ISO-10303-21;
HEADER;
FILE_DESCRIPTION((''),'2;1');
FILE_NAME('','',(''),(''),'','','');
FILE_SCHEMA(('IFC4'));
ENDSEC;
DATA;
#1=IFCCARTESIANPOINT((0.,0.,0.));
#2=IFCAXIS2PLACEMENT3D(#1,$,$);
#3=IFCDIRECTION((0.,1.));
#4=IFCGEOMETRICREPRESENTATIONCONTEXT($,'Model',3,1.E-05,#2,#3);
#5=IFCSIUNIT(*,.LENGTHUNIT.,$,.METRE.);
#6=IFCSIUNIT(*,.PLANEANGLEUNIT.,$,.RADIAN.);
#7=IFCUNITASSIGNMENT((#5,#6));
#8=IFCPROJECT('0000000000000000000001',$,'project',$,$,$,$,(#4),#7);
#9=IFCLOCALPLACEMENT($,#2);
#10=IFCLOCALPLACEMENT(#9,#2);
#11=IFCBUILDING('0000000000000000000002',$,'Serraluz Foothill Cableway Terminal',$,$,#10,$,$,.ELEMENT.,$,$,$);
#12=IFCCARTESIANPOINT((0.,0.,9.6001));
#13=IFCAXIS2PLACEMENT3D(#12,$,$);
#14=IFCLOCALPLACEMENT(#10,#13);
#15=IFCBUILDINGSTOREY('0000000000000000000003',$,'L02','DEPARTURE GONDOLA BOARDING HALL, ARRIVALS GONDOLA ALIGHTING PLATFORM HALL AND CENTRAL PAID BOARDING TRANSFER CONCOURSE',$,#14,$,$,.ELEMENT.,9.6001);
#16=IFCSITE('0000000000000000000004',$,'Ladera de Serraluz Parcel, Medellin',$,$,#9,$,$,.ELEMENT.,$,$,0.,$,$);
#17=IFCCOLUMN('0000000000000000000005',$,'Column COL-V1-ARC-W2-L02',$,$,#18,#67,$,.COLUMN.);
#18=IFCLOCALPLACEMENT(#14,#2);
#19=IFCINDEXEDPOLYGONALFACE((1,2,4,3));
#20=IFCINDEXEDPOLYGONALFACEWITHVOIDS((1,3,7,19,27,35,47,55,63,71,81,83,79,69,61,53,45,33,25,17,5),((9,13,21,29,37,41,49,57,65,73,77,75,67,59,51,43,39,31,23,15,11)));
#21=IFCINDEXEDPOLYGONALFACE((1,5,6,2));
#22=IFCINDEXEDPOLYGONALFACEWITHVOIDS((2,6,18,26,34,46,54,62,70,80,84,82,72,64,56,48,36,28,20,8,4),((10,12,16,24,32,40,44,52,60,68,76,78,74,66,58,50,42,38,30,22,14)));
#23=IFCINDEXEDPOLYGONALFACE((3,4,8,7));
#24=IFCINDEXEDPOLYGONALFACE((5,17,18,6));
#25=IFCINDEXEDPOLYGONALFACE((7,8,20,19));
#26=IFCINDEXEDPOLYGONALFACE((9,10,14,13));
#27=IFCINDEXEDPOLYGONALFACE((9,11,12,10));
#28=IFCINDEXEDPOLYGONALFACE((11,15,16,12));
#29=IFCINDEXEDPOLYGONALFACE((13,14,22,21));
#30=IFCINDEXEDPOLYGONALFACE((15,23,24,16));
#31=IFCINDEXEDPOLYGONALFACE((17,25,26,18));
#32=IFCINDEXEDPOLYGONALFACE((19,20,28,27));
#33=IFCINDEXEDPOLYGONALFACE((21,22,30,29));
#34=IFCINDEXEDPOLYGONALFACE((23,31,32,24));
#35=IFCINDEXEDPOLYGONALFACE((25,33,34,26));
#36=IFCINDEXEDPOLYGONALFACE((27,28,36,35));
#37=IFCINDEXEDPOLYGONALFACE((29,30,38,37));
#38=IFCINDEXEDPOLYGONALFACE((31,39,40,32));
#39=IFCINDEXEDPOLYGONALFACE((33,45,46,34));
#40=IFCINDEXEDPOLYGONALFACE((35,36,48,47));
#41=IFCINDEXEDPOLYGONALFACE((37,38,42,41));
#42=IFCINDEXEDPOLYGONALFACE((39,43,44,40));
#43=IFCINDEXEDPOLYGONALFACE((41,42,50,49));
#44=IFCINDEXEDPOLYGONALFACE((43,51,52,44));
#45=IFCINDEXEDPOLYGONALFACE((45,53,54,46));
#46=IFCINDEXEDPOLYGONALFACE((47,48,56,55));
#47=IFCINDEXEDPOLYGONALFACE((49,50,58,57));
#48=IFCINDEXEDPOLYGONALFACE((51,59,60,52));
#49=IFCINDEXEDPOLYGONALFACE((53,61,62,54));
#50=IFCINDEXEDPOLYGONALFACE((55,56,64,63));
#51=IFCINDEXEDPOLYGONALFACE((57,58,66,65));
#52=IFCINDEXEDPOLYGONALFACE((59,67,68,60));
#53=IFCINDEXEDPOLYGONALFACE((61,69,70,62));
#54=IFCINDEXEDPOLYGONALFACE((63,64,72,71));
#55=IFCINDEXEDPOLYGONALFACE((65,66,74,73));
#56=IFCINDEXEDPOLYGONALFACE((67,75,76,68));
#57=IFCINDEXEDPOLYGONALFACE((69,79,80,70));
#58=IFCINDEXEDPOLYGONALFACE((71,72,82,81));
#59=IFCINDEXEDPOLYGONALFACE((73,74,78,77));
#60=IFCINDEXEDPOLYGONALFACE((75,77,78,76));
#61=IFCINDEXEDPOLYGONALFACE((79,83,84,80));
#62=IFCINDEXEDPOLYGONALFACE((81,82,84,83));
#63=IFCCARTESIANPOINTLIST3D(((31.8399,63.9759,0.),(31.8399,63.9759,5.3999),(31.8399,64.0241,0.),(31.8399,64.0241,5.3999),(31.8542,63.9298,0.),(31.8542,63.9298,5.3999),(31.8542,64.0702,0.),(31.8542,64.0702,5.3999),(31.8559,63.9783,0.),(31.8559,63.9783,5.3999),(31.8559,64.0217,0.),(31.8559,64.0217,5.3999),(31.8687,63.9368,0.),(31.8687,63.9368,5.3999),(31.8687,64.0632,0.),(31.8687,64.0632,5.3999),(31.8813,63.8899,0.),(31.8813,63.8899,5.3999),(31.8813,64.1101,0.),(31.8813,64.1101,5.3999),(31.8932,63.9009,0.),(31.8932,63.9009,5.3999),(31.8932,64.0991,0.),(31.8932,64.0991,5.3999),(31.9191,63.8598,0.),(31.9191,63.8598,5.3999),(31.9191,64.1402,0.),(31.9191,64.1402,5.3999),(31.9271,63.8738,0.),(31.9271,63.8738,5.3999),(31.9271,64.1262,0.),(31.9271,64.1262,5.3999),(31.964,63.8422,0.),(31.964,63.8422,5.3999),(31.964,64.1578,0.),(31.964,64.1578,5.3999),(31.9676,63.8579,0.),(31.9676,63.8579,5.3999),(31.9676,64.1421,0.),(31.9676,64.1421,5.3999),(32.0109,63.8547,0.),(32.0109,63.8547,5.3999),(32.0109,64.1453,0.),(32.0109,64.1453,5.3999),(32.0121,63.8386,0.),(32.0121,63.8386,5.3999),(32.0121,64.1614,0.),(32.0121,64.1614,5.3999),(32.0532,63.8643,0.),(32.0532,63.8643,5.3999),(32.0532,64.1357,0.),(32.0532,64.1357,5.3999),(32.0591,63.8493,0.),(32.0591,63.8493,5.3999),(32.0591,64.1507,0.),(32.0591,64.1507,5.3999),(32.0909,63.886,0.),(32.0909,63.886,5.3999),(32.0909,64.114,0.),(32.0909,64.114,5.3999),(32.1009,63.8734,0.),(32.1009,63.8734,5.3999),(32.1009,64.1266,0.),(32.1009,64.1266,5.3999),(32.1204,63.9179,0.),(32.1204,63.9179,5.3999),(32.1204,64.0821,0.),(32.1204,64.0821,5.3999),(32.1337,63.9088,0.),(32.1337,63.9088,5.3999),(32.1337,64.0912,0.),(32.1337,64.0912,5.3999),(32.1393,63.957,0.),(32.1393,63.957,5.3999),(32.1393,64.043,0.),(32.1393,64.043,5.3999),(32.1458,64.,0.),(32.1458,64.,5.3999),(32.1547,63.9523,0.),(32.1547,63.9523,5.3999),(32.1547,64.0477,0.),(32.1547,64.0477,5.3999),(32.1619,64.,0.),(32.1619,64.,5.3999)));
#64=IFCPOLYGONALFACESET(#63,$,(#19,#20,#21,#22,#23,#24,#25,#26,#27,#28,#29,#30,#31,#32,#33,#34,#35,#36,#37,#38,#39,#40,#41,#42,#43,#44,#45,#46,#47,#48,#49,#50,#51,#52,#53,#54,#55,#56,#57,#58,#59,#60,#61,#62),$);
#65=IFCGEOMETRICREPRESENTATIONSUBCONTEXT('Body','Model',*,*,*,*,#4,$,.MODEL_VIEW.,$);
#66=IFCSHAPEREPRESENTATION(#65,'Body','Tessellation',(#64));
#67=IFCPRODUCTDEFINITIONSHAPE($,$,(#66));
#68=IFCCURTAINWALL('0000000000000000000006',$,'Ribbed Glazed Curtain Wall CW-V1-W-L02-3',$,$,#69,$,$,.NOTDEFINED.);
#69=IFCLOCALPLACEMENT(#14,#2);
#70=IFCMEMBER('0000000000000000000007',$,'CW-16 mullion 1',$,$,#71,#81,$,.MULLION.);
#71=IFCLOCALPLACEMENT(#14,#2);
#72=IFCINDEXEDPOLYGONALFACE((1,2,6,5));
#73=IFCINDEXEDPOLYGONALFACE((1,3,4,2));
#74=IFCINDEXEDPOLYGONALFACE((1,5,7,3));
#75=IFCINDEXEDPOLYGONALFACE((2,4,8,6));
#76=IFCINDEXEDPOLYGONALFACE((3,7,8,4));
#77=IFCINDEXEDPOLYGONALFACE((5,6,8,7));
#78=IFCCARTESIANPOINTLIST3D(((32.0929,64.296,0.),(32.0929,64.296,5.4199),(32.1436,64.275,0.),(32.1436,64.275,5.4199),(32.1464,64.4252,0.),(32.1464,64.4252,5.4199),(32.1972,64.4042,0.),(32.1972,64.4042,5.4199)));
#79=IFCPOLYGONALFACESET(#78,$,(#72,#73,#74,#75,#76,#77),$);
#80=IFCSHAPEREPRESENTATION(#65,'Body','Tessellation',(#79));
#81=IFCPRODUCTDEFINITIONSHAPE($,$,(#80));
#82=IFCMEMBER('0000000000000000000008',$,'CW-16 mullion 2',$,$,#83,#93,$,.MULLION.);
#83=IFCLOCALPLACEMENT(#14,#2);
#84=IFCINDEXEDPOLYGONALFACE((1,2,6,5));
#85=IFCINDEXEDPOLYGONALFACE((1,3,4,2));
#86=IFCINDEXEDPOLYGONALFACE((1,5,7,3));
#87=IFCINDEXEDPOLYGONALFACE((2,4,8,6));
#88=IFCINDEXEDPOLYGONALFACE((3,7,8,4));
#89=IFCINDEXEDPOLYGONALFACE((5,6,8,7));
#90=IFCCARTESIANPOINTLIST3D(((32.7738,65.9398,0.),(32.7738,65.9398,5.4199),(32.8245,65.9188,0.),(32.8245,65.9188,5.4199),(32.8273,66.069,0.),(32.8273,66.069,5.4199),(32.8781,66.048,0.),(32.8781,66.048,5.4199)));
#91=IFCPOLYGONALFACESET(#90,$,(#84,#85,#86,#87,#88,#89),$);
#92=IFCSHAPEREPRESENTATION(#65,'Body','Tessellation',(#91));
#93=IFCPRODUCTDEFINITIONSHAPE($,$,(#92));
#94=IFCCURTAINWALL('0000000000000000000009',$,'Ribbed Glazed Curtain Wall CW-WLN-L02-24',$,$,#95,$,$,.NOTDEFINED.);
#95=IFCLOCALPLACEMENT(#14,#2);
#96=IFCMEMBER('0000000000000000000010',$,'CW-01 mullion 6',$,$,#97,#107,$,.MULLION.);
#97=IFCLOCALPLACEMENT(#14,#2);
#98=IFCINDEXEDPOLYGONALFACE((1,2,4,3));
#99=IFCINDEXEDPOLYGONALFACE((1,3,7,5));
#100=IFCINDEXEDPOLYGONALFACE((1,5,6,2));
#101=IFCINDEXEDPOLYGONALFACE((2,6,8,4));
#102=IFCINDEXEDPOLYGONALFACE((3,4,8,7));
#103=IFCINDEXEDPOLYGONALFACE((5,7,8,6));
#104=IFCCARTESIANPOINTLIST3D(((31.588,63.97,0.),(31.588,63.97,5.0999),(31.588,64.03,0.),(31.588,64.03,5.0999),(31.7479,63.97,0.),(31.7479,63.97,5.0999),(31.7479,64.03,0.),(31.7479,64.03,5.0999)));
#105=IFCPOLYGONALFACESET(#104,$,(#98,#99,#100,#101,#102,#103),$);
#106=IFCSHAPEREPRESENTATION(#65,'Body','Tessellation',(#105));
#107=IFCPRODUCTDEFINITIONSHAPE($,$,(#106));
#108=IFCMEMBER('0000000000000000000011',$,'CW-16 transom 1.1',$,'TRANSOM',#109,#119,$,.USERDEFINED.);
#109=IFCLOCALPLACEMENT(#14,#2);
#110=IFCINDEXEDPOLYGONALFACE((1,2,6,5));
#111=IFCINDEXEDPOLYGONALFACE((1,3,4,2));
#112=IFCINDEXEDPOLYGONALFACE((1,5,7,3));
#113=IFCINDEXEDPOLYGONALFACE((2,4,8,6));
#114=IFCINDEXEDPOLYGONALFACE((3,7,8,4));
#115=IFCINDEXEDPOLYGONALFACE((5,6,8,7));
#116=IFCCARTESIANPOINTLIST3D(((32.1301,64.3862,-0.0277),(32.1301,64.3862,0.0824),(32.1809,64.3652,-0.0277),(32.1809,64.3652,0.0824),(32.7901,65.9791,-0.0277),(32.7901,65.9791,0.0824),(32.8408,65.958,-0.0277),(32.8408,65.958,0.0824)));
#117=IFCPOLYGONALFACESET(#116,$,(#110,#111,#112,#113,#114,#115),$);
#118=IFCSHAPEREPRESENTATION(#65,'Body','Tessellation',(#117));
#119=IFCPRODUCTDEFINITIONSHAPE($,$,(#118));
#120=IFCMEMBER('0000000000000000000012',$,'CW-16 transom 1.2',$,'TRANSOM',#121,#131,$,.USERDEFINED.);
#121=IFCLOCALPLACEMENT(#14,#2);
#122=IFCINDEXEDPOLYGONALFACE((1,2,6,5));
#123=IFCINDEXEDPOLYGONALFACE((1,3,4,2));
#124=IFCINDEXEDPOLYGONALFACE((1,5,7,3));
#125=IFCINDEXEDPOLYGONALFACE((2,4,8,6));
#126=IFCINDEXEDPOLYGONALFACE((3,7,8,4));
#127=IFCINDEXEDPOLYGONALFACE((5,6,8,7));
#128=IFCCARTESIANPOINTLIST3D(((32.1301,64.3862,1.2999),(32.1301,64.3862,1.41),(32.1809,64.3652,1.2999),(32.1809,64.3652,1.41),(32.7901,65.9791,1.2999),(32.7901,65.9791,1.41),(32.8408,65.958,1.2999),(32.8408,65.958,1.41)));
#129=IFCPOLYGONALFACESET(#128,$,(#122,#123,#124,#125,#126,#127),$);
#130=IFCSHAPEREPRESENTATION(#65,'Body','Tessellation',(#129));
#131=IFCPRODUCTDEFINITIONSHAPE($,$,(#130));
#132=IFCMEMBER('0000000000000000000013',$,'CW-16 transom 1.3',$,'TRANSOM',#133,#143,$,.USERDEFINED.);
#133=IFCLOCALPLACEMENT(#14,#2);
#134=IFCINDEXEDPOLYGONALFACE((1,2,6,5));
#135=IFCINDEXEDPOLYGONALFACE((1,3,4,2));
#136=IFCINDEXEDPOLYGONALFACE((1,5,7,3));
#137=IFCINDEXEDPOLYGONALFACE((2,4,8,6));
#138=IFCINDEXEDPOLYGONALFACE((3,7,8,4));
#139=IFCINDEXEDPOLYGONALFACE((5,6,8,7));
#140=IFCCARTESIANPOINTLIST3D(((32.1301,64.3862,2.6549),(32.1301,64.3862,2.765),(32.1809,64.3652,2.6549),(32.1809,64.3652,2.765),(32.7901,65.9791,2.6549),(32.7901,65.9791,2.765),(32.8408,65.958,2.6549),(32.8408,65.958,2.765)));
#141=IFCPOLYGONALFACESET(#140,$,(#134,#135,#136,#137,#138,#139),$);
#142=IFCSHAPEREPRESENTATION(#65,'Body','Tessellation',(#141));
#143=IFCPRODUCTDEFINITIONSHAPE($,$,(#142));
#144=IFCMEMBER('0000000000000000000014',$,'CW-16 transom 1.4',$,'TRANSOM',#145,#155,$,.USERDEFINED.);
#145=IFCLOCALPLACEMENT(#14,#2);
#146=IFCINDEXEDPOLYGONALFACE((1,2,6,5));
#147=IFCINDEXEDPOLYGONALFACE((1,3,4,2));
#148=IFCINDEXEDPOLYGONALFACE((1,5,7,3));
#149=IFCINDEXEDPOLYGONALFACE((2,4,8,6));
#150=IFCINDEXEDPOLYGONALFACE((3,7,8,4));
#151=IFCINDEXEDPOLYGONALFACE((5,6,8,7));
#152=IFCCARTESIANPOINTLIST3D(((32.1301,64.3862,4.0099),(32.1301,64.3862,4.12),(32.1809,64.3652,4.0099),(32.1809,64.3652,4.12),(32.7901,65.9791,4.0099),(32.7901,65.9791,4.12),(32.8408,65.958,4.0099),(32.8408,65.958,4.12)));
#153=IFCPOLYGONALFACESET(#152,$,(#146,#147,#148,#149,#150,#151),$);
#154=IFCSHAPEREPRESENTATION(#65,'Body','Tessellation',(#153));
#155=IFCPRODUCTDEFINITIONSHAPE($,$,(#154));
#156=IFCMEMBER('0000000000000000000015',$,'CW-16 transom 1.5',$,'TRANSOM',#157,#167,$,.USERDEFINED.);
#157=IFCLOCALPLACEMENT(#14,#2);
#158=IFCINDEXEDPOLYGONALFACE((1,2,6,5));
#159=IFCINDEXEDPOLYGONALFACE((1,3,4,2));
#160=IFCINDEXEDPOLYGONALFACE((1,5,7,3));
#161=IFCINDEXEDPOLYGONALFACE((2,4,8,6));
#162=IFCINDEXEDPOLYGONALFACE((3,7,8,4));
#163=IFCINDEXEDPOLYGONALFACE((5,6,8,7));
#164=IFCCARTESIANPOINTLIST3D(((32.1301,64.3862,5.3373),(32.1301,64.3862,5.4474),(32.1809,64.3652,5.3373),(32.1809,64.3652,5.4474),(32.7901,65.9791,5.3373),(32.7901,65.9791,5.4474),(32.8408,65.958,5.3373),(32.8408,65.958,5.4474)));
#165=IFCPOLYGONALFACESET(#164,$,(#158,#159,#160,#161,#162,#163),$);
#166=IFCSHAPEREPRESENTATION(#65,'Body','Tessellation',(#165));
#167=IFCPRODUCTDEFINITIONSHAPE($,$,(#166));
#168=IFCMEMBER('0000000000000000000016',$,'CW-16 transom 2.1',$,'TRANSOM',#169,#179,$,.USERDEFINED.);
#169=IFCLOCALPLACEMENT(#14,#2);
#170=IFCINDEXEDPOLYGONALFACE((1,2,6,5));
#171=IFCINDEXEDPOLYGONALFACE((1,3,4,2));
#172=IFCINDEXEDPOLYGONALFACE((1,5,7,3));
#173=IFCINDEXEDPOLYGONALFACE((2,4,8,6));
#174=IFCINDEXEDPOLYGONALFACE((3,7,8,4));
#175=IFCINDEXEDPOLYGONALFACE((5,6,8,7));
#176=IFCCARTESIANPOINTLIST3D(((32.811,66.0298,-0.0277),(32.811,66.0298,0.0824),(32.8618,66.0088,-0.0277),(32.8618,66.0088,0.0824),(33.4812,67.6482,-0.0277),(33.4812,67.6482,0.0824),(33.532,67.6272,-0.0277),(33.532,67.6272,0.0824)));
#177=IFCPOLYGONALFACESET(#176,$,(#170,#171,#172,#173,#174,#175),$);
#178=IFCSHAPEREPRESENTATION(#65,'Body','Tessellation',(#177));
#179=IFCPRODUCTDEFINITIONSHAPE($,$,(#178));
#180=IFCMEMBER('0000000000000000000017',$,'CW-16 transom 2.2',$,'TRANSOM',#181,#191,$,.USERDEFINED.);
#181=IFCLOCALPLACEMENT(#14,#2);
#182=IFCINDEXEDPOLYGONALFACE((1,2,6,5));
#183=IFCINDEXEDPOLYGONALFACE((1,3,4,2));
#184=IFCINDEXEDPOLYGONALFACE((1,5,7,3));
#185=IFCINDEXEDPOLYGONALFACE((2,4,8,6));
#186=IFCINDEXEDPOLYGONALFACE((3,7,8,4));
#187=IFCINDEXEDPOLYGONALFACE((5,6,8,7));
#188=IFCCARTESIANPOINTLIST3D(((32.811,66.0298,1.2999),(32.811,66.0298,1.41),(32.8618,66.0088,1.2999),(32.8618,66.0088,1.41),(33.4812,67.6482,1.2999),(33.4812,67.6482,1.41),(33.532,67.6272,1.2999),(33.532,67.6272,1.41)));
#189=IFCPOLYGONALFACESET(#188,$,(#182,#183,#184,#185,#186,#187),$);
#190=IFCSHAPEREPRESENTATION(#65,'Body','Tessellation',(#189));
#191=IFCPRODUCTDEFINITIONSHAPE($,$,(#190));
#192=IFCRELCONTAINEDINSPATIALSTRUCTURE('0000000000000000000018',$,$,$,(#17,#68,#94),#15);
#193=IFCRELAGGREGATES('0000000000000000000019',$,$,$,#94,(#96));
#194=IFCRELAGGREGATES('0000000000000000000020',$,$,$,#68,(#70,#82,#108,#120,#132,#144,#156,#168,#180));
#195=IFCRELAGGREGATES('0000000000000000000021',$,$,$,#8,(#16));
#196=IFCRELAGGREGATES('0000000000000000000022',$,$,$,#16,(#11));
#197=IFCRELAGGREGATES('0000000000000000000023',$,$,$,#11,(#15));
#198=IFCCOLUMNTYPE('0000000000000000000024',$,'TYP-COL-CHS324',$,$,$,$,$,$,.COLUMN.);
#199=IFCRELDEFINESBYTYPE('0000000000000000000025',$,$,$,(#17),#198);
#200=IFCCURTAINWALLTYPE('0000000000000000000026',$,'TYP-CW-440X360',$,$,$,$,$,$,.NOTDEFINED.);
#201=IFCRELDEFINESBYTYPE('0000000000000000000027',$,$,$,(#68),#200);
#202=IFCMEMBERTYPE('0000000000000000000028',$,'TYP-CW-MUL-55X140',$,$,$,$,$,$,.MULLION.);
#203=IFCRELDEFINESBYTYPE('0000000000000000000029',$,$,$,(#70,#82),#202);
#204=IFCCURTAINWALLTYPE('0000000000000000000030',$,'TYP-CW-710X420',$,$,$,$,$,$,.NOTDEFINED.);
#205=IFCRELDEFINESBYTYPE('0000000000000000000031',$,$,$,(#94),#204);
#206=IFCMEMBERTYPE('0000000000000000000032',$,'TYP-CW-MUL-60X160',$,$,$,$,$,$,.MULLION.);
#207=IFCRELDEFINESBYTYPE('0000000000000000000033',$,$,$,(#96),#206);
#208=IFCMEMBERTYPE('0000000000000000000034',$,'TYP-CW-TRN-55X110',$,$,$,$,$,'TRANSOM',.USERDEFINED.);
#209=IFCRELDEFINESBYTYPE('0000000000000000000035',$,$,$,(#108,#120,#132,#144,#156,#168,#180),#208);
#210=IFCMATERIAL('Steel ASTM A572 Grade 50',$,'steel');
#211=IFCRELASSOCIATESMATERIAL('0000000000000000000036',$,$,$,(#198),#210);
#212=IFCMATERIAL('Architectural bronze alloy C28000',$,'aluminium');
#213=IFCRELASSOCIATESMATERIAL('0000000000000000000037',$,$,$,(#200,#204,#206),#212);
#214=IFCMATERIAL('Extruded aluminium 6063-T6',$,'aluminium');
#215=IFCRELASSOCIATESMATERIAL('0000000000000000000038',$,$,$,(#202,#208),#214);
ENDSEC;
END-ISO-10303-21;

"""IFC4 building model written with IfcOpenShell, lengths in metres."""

from ifc_helpers import new_model, si_unit, direction, frame, origin, origin_2d, place, context, subcontext, project, spatial, rectangle, hollow_circle, extrude, material, material_profile, profile_set, type_object, element, aggregate, save


model = new_model("IFC4")

# Units and contexts
model_context = context("Model", 3, precision=1e-05, world=origin(), true_north=direction((0.0, 1.0)))
body_context = subcontext(model_context, "Body", "Model", "MODEL_VIEW")
ifc_project = project(units=[si_unit("LENGTHUNIT", "METRE"), si_unit("PLANEANGLEUNIT", "RADIAN")], contexts=[model_context])

# Site, building, storey
site_placement = place(None, origin())
site = spatial("IfcSite", under=ifc_project, at=site_placement, Name="Ladera de Serraluz Parcel, Medellin", CompositionType="ELEMENT", RefElevation=0.0)
building_placement = place(site_placement, origin())
building = spatial("IfcBuilding", under=site, at=building_placement, Name="Serraluz Foothill Cableway Terminal", CompositionType="ELEMENT")
storey_placement = place(building_placement, frame((0.0, 0.0, 9.6001)))
storey = spatial("IfcBuildingStorey", under=building, at=storey_placement, Name="L02", Description="DEPARTURE GONDOLA BOARDING HALL, ARRIVALS GONDOLA ALIGHTING PLATFORM HALL AND CENTRAL PAID BOARDING TRANSFER CONCOURSE", CompositionType="ELEMENT", Elevation=9.6001)

# Column
ifc_material_1 = material(Name="Steel ASTM A572 Grade 50", Category="steel")
ifc_material_profile_1 = material_profile(ifc_material_1, hollow_circle(Radius=0.1619, WallThickness=0.0161, at=origin_2d()), Name="CHS324X16")
ifc_profile_set_1 = profile_set([ifc_material_profile_1], Name="Steel ASTM A572 Grade 50")
column_type = type_object("IfcColumnType", Name="TYP-COL-CHS324", PredefinedType="COLUMN", material=ifc_profile_set_1)
column_placement = place(storey_placement, frame((32.0, 64.0, 0.0), z_axis=(0.0, 0.0, 1.0), x_axis=(1.0, 0.0, 0.0)))
element("IfcColumn", 1, at=column_placement, inside=storey, type_object=column_type, Name="Column COL-V1-ARC-W2-L02", PredefinedType="COLUMN", context=body_context, shape_type="SweptSolid", body=[
    extrude(hollow_circle(Radius=0.1619, WallThickness=0.0161, at=origin_2d()), origin(), (0.0, 0.0, 1.0), 5.3999),
])

# Curtain wall, members
ifc_material_2 = material(Name="Architectural bronze alloy C28000", Category="aluminium")
curtain_wall_type_1 = type_object("IfcCurtainWallType", Name="TYP-CW-440X360", PredefinedType="NOTDEFINED", material=ifc_material_2)
curtain_wall_1_placement = place(storey_placement, origin())
curtain_wall_1 = element("IfcCurtainWall", 2, at=curtain_wall_1_placement, inside=storey, type_object=curtain_wall_type_1, Name="Ribbed Glazed Curtain Wall CW-V1-W-L02-3", PredefinedType="NOTDEFINED")
ifc_material_3 = material(Name="Extruded aluminium 6063-T6", Category="aluminium")
ifc_material_profile_2 = material_profile(ifc_material_3, rectangle(XDim=0.0549, YDim=0.1399, at=origin_2d()), Name="ALU MULLION 55x140")
ifc_profile_set_2 = profile_set([ifc_material_profile_2], Name="Extruded aluminium 6063-T6")
member_type_1 = type_object("IfcMemberType", Name="TYP-CW-MUL-55X140", PredefinedType="MULLION", material=ifc_profile_set_2)
member_1_placement = place(storey_placement, frame((32.145, 64.3501, 0.0), z_axis=(0.0, 0.0, 1.0), x_axis=(-0.923879, 0.382685, 0.0)))
member_1 = element("IfcMember", 3, at=member_1_placement, type_object=member_type_1, Name="CW-16 mullion 1", PredefinedType="MULLION", context=body_context, shape_type="SweptSolid", body=[
    extrude(rectangle(XDim=0.0549, YDim=0.1399, at=origin_2d()), origin(), (0.0, 0.0, 1.0), 5.4199),
])
member_2_placement = place(storey_placement, frame((32.8259, 65.9939, 0.0), z_axis=(0.0, 0.0, 1.0), x_axis=(-0.923879, 0.382685, 0.0)))
member_2 = element("IfcMember", 4, at=member_2_placement, type_object=member_type_1, Name="CW-16 mullion 2", PredefinedType="MULLION", context=body_context, shape_type="SweptSolid", body=[
    extrude(rectangle(XDim=0.0549, YDim=0.1399, at=origin_2d()), origin(), (0.0, 0.0, 1.0), 5.4199),
])

# Curtain wall, member
curtain_wall_type_2 = type_object("IfcCurtainWallType", Name="TYP-CW-710X420", PredefinedType="NOTDEFINED", material=ifc_material_2)
curtain_wall_2_placement = place(storey_placement, origin())
curtain_wall_2 = element("IfcCurtainWall", 5, at=curtain_wall_2_placement, inside=storey, type_object=curtain_wall_type_2, Name="Ribbed Glazed Curtain Wall CW-WLN-L02-24", PredefinedType="NOTDEFINED")
ifc_material_profile_3 = material_profile(ifc_material_2, rectangle(XDim=0.0601, YDim=0.1599, at=origin_2d()), Name="ALU MULLION 60x160")
ifc_profile_set_3 = profile_set([ifc_material_profile_3], Name="Architectural bronze alloy C28000")
member_type_2 = type_object("IfcMemberType", Name="TYP-CW-MUL-60X160", PredefinedType="MULLION", material=ifc_profile_set_3)
member_3_placement = place(storey_placement, frame((31.668, 64.0, 0.0), z_axis=(0.0, 0.0, 1.0), x_axis=(0.0, 1.0, 0.0)))
member_3 = element("IfcMember", 6, at=member_3_placement, type_object=member_type_2, Name="CW-01 mullion 6", PredefinedType="MULLION", context=body_context, shape_type="SweptSolid", body=[
    extrude(rectangle(XDim=0.0601, YDim=0.1599, at=origin_2d()), origin(), (0.0, 0.0, 1.0), 5.0999),
])

# Members
ifc_material_profile_4 = material_profile(ifc_material_3, rectangle(XDim=0.0549, YDim=0.1101, at=origin_2d()), Name="ALU TRANSOM 55x110")
ifc_profile_set_4 = profile_set([ifc_material_profile_4], Name="Extruded aluminium 6063-T6")
member_type_3 = type_object("IfcMemberType", Name="TYP-CW-TRN-55X110", ElementType="TRANSOM", PredefinedType="USERDEFINED", material=ifc_profile_set_4)
member_4_placement = place(storey_placement, frame((32.1555, 64.3757, 0.0273), z_axis=(0.382765, 0.923846, 0.0), x_axis=(-0.923846, 0.382765, 0.0)))
member_4 = element("IfcMember", 7, at=member_4_placement, type_object=member_type_3, Name="CW-16 transom 1.1", ObjectType="TRANSOM", PredefinedType="USERDEFINED", context=body_context, shape_type="SweptSolid", body=[
    extrude(rectangle(XDim=0.0549, YDim=0.1101, at=origin_2d()), origin(), (0.0, 0.0, 1.0), 1.7241),
])
member_5_placement = place(storey_placement, frame((32.1555, 64.3757, 1.355), z_axis=(0.382765, 0.923846, 0.0), x_axis=(-0.923846, 0.382765, 0.0)))
member_5 = element("IfcMember", 8, at=member_5_placement, type_object=member_type_3, Name="CW-16 transom 1.2", ObjectType="TRANSOM", PredefinedType="USERDEFINED", context=body_context, shape_type="SweptSolid", body=[
    extrude(rectangle(XDim=0.0549, YDim=0.1101, at=origin_2d()), origin(), (0.0, 0.0, 1.0), 1.7241),
])
member_6_placement = place(storey_placement, frame((32.1555, 64.3757, 2.71), z_axis=(0.382765, 0.923846, 0.0), x_axis=(-0.923846, 0.382765, 0.0)))
member_6 = element("IfcMember", 9, at=member_6_placement, type_object=member_type_3, Name="CW-16 transom 1.3", ObjectType="TRANSOM", PredefinedType="USERDEFINED", context=body_context, shape_type="SweptSolid", body=[
    extrude(rectangle(XDim=0.0549, YDim=0.1101, at=origin_2d()), origin(), (0.0, 0.0, 1.0), 1.7241),
])
member_7_placement = place(storey_placement, frame((32.1555, 64.3757, 4.0649), z_axis=(0.382765, 0.923846, 0.0), x_axis=(-0.923846, 0.382765, 0.0)))
member_7 = element("IfcMember", 10, at=member_7_placement, type_object=member_type_3, Name="CW-16 transom 1.4", ObjectType="TRANSOM", PredefinedType="USERDEFINED", context=body_context, shape_type="SweptSolid", body=[
    extrude(rectangle(XDim=0.0549, YDim=0.1101, at=origin_2d()), origin(), (0.0, 0.0, 1.0), 1.7241),
])
member_8_placement = place(storey_placement, frame((32.1555, 64.3757, 5.3923), z_axis=(0.382765, 0.923846, 0.0), x_axis=(-0.923846, 0.382765, 0.0)))
member_8 = element("IfcMember", 11, at=member_8_placement, type_object=member_type_3, Name="CW-16 transom 1.5", ObjectType="TRANSOM", PredefinedType="USERDEFINED", context=body_context, shape_type="SweptSolid", body=[
    extrude(rectangle(XDim=0.0549, YDim=0.1101, at=origin_2d()), origin(), (0.0, 0.0, 1.0), 1.7241),
])
member_9_placement = place(storey_placement, frame((32.8364, 66.0193, 0.0273), z_axis=(0.382586, 0.92392, 0.0), x_axis=(-0.92392, 0.382586, 0.0)))
member_9 = element("IfcMember", 12, at=member_9_placement, type_object=member_type_3, Name="CW-16 transom 2.1", ObjectType="TRANSOM", PredefinedType="USERDEFINED", context=body_context, shape_type="SweptSolid", body=[
    extrude(rectangle(XDim=0.0549, YDim=0.1101, at=origin_2d()), origin(), (0.0, 0.0, 1.0), 1.7517),
])
member_10_placement = place(storey_placement, frame((32.8364, 66.0193, 1.355), z_axis=(0.382586, 0.92392, 0.0), x_axis=(-0.92392, 0.382586, 0.0)))
member_10 = element("IfcMember", 13, at=member_10_placement, type_object=member_type_3, Name="CW-16 transom 2.2", ObjectType="TRANSOM", PredefinedType="USERDEFINED", context=body_context, shape_type="SweptSolid", body=[
    extrude(rectangle(XDim=0.0549, YDim=0.1101, at=origin_2d()), origin(), (0.0, 0.0, 1.0), 1.7517),
])

aggregate(curtain_wall_2, [member_3])
aggregate(curtain_wall_1, [member_1, member_2, member_4, member_5, member_6, member_7, member_8, member_9, member_10])

save(model, "model.ifc")
